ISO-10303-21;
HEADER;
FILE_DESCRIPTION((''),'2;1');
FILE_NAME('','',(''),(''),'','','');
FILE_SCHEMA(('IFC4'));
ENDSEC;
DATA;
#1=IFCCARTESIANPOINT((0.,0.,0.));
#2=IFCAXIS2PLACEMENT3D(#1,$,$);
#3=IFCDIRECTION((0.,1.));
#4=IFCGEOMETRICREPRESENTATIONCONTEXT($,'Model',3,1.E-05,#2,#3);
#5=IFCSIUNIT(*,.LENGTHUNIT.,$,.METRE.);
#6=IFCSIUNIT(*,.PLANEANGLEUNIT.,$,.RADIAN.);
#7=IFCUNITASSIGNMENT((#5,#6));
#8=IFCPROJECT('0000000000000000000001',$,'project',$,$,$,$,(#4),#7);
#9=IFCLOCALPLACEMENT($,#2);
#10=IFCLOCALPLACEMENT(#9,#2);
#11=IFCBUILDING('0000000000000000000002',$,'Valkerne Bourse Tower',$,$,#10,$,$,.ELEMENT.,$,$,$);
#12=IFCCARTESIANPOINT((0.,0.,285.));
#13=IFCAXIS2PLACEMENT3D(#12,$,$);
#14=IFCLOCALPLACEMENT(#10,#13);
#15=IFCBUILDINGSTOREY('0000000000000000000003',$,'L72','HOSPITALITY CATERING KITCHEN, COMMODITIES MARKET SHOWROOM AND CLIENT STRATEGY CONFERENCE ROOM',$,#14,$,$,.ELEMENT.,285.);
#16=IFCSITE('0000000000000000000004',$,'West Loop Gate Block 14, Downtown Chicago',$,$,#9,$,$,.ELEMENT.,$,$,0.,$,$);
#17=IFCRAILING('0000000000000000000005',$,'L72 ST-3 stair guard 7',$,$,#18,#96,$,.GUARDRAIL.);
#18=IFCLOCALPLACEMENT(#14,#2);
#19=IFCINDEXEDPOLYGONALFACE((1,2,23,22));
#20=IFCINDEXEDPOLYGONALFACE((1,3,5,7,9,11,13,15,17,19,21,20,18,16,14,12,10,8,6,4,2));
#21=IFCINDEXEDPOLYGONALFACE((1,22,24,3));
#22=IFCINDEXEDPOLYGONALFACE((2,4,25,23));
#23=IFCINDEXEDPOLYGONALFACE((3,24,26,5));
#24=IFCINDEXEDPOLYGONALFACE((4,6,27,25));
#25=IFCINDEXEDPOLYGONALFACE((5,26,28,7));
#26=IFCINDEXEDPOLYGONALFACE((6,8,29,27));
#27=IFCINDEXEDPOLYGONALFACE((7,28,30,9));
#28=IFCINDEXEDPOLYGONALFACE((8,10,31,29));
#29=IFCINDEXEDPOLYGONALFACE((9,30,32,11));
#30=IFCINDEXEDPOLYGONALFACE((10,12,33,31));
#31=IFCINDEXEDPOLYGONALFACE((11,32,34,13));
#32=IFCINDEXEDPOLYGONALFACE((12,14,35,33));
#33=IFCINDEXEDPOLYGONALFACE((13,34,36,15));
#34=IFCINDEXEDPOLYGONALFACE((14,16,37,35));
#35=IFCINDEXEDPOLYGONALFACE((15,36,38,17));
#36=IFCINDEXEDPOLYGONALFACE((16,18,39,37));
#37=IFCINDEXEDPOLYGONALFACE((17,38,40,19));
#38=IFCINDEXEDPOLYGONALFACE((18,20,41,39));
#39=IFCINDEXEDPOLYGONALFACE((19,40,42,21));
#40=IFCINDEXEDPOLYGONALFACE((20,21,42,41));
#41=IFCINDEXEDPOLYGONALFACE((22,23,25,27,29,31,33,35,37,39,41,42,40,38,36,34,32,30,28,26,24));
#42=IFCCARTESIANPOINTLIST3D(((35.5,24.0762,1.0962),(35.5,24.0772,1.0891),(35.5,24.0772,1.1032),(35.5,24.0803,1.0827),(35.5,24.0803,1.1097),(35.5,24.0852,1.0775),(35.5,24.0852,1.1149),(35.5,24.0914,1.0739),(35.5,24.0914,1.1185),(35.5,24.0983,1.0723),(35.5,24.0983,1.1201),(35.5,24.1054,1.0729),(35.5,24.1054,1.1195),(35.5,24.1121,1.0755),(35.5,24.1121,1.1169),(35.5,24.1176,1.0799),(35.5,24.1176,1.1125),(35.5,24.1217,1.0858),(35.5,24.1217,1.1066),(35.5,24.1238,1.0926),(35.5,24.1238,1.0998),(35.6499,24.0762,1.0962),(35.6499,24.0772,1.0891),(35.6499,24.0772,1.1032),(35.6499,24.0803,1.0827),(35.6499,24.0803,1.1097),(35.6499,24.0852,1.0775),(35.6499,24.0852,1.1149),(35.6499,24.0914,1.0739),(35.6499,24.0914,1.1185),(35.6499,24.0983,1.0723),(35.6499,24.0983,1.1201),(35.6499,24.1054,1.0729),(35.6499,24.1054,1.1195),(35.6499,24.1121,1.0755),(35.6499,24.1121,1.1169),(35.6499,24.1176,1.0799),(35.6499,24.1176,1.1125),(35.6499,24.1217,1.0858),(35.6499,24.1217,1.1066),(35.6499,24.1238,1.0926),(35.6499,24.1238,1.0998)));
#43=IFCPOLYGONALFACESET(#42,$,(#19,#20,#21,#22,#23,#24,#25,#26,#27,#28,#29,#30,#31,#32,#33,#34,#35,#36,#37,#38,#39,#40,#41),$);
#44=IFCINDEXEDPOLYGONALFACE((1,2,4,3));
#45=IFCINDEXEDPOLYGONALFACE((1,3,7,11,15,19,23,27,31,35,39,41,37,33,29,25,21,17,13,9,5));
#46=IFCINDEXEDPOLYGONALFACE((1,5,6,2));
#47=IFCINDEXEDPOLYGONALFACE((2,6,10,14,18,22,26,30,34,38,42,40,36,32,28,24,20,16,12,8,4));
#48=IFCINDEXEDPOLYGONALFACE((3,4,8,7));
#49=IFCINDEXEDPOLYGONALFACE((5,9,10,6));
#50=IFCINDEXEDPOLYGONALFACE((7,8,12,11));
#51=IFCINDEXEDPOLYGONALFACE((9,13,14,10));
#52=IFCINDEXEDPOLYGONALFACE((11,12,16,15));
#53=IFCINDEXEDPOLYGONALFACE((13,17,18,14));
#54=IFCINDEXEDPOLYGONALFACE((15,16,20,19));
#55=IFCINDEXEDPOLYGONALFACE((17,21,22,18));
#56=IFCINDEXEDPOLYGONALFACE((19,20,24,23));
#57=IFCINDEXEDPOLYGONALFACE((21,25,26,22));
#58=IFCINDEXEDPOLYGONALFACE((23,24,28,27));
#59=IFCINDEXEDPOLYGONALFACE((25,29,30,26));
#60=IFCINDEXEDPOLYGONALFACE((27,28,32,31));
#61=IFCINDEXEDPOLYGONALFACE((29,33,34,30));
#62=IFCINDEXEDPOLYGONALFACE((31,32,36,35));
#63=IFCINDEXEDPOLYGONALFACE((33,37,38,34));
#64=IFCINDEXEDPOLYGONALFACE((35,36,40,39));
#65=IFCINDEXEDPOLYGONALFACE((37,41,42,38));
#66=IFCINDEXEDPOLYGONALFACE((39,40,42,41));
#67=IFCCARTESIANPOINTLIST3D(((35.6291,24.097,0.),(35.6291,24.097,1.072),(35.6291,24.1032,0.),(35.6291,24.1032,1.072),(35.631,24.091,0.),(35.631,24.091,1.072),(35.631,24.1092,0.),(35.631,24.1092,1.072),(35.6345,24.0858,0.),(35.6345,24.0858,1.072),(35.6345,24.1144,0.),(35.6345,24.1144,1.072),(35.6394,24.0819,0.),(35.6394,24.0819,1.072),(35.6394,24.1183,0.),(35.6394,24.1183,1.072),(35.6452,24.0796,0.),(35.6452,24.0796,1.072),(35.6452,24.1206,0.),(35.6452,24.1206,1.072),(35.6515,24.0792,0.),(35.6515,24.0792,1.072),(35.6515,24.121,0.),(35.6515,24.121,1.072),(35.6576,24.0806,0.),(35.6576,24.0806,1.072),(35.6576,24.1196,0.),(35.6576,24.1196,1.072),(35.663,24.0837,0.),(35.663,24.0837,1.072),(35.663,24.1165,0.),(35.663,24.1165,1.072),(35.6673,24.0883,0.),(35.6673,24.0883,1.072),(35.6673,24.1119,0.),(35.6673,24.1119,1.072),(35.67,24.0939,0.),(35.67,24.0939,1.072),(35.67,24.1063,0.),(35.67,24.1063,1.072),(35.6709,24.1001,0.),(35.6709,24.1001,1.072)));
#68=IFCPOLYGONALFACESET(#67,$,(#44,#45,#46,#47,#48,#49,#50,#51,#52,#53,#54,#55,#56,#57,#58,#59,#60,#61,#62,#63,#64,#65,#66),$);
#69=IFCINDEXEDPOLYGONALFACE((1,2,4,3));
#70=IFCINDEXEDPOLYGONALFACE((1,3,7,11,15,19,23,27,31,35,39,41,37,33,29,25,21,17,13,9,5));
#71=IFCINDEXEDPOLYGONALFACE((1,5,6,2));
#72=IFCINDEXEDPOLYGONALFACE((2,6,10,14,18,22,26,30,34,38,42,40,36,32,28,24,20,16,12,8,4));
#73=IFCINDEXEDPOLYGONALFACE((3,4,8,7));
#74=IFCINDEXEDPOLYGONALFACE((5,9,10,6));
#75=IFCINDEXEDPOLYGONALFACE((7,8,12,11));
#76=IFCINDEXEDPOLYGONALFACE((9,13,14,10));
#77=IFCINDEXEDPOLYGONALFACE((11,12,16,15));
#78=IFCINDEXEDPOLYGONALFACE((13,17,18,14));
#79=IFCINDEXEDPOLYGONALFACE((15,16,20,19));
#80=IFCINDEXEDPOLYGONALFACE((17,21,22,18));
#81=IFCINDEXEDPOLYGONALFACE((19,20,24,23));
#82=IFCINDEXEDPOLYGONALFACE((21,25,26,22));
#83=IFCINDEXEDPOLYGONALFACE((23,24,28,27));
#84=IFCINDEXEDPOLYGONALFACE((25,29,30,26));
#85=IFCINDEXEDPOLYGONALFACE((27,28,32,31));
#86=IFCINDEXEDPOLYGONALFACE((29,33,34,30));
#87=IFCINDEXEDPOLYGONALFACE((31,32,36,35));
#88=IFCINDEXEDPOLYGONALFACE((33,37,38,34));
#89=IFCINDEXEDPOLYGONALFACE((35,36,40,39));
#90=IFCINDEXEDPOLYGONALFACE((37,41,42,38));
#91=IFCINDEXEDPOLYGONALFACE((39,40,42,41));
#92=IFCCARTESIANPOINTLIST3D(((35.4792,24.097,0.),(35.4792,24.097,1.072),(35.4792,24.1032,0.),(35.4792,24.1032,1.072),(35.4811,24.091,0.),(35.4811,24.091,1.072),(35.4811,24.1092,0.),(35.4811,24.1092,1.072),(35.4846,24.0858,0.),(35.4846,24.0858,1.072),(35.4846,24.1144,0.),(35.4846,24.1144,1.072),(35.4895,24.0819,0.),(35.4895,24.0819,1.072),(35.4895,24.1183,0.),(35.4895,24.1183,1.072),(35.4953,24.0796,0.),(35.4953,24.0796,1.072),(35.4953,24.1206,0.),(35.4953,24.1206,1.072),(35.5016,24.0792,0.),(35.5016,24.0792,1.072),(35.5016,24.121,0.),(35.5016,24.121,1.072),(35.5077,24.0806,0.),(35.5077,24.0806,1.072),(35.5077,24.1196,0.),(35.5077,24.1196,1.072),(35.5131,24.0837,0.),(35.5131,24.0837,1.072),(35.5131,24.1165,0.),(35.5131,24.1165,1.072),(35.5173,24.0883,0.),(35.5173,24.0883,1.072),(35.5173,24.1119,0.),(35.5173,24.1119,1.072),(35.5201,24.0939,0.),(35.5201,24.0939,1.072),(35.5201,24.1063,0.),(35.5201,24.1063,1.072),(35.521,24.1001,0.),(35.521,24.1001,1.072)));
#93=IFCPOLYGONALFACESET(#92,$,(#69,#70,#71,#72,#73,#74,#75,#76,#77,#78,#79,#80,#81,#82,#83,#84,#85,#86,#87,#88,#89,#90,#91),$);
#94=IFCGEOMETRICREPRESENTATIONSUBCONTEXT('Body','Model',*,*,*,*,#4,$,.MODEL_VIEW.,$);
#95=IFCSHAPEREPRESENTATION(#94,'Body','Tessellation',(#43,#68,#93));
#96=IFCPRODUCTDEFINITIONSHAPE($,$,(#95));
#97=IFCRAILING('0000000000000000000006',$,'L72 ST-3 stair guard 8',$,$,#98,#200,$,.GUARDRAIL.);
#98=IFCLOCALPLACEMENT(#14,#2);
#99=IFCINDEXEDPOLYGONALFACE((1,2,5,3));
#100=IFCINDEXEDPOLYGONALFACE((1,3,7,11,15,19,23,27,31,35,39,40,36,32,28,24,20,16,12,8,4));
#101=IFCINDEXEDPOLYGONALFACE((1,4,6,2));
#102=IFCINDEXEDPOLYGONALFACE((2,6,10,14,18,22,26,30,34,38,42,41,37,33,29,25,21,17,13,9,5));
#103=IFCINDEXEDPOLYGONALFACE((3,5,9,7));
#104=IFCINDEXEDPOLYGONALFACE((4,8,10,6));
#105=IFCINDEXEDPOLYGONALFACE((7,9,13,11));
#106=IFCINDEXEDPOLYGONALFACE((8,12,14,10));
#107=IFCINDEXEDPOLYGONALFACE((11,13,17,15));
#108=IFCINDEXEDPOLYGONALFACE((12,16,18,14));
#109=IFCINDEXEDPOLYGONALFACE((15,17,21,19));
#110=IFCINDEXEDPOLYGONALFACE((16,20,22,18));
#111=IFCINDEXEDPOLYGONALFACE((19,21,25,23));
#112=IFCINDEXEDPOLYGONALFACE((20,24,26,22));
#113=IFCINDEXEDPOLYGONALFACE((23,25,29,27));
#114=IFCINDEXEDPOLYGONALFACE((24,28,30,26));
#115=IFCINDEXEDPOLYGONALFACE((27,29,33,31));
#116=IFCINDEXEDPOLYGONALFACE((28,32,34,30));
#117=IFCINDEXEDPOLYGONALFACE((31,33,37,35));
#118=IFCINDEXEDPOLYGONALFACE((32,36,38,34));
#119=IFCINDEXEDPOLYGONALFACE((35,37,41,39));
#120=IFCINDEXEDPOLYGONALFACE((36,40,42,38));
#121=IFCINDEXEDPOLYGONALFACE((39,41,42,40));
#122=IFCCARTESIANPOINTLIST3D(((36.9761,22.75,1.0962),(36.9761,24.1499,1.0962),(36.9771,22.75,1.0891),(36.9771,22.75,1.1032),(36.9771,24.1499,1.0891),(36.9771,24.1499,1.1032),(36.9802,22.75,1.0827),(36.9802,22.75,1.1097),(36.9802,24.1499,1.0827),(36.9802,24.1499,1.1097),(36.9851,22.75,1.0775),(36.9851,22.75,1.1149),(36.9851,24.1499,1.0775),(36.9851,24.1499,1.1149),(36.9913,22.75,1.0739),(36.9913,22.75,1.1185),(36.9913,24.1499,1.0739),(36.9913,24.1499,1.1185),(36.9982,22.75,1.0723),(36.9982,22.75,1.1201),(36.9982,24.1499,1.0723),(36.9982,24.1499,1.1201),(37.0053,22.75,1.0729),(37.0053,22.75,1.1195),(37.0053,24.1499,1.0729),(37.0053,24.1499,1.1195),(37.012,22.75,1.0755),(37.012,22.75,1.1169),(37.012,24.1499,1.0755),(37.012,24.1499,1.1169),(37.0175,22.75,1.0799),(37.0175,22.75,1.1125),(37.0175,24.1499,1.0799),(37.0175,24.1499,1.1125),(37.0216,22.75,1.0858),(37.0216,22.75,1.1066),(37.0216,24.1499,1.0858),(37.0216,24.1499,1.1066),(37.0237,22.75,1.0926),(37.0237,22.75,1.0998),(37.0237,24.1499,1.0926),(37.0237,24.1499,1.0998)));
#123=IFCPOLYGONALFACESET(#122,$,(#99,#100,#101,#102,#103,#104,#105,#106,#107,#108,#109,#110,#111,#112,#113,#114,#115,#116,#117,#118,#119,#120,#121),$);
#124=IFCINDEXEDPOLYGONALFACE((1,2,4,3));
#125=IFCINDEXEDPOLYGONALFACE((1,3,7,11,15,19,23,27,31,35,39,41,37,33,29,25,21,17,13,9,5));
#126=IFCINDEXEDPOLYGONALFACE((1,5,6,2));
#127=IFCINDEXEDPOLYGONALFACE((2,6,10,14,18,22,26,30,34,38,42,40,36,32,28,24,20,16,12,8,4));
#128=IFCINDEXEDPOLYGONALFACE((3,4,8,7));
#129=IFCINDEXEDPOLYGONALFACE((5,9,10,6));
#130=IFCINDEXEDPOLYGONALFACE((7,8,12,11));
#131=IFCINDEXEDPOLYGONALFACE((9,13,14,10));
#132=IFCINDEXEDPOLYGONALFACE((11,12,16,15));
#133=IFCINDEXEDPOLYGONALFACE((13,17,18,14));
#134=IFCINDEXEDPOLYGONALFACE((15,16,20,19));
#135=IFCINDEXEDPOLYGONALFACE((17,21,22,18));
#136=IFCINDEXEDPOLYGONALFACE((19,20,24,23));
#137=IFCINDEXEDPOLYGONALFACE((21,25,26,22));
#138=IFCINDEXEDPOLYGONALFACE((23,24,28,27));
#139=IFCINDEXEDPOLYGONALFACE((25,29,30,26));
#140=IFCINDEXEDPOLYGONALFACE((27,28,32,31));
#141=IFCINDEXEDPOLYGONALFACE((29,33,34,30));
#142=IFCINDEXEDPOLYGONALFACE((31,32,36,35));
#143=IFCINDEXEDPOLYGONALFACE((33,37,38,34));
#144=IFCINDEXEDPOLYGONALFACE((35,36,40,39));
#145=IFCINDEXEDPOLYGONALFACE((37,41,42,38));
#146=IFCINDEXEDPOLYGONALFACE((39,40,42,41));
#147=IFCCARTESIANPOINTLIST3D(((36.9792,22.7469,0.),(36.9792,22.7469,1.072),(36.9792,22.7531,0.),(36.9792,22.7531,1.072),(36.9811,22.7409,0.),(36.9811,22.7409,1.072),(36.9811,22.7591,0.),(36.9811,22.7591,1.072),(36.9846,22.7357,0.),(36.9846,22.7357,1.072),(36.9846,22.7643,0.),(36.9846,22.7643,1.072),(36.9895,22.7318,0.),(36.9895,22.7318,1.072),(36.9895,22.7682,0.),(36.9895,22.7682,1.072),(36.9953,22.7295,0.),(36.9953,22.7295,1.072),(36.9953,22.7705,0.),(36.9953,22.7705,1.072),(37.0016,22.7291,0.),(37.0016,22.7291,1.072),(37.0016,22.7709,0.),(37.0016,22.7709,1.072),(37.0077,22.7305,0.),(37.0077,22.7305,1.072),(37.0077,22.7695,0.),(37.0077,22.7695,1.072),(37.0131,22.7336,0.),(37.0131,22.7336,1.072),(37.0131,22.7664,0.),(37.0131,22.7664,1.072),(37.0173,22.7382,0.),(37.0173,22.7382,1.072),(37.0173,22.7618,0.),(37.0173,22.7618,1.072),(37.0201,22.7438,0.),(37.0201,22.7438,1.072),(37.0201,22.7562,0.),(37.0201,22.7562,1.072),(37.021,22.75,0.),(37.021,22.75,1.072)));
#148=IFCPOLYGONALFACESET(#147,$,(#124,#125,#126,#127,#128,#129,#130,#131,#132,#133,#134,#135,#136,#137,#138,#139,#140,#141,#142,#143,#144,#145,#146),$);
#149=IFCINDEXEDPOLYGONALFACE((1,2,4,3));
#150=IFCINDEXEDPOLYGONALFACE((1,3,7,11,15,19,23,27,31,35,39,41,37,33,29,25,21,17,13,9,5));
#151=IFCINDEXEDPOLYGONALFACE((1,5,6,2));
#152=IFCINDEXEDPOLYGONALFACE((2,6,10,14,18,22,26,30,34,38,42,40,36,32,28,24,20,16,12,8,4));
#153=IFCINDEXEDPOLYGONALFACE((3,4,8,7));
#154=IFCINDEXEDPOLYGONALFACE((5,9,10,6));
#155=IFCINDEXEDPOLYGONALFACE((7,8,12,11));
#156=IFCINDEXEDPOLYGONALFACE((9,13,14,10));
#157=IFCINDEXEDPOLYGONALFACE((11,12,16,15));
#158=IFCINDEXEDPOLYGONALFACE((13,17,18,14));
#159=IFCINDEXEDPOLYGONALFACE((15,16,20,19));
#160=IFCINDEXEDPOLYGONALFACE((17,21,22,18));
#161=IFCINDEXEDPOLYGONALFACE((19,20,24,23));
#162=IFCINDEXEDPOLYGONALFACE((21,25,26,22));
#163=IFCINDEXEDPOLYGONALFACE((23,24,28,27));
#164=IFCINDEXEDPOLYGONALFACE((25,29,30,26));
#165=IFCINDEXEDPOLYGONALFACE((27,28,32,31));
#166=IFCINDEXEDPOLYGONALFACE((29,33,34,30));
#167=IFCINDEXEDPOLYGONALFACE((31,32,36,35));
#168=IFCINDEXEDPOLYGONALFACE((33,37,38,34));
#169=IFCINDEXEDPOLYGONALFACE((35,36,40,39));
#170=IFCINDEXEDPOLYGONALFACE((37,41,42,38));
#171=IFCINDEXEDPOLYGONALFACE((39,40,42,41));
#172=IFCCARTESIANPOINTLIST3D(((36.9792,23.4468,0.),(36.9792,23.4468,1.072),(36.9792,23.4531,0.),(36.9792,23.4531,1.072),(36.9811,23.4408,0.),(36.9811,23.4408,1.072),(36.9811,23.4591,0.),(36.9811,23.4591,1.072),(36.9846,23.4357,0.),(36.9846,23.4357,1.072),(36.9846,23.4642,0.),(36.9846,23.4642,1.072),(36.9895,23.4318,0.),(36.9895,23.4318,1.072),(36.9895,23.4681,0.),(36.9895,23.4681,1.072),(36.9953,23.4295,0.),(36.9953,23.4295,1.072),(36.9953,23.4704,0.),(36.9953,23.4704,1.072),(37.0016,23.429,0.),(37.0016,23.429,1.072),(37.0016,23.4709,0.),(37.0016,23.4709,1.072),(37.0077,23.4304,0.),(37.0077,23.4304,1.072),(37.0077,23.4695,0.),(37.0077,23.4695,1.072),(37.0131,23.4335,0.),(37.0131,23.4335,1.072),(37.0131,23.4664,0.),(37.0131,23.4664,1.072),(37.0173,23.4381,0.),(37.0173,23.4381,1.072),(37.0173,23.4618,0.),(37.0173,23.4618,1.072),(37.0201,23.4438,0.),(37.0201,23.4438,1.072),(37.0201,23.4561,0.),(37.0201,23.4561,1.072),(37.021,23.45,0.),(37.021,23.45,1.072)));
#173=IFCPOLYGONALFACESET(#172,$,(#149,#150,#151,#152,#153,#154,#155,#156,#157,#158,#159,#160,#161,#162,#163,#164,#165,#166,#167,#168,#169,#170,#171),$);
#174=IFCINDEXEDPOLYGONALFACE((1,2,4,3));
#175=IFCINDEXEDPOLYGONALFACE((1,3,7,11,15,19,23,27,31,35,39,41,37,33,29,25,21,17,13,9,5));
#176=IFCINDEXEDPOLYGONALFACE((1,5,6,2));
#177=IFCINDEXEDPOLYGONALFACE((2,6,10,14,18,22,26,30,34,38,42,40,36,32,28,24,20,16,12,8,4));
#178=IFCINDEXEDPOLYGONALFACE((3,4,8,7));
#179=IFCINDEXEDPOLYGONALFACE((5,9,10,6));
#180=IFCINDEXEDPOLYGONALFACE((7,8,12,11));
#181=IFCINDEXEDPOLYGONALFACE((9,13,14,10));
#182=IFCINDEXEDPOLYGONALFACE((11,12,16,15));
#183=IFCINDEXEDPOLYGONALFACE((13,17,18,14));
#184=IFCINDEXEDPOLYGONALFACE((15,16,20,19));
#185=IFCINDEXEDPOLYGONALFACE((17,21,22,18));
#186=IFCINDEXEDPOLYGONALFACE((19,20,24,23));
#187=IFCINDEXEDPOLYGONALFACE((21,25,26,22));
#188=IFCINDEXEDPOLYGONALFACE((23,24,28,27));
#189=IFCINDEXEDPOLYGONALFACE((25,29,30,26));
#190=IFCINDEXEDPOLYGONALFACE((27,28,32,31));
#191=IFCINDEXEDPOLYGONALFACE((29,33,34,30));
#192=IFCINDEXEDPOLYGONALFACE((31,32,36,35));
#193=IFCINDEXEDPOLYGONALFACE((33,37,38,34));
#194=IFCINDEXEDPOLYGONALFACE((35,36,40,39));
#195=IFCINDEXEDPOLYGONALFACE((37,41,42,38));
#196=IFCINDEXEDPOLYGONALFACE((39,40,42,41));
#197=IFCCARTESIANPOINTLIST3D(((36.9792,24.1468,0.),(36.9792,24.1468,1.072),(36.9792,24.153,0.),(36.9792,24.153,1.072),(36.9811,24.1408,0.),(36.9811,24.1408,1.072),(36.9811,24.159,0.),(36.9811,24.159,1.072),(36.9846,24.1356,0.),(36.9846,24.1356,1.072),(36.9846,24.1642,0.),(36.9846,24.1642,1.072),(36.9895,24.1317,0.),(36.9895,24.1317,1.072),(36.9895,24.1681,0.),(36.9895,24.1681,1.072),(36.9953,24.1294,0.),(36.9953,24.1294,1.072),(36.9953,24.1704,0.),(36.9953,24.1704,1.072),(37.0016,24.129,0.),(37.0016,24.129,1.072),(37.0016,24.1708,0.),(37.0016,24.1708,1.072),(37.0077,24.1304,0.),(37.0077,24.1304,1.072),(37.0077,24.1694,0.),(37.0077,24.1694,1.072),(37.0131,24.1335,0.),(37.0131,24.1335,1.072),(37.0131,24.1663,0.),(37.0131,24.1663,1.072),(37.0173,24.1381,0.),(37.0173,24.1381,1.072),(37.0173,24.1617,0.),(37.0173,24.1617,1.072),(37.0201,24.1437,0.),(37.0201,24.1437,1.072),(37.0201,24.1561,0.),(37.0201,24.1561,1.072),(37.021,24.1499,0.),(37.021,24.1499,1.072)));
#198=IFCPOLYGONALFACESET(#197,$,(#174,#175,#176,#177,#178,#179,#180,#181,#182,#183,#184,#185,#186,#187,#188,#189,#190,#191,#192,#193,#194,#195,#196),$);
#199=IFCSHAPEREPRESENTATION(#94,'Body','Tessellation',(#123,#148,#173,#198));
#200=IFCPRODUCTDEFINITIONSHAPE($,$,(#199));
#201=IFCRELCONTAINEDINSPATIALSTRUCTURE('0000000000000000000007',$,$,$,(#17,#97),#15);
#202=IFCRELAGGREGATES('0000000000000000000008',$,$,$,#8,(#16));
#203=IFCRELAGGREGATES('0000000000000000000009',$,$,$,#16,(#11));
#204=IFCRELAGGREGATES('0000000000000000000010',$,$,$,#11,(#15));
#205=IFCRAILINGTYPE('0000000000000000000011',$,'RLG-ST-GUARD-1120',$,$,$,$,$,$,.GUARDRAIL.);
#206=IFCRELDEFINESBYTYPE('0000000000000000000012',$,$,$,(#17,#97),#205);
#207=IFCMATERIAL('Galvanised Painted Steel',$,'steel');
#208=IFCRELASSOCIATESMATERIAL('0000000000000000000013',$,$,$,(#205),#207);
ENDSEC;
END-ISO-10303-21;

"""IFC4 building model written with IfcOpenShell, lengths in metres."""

from ifc_helpers import new_model, si_unit, direction, frame, origin, origin_2d, place, context, subcontext, project, spatial, circle, extrude, material, type_object, element, save


model = new_model("IFC4")

# Units and contexts
model_context = context("Model", 3, precision=1e-05, world=origin(), true_north=direction((0.0, 1.0)))
body_context = subcontext(model_context, "Body", "Model", "MODEL_VIEW")
ifc_project = project(units=[si_unit("LENGTHUNIT", "METRE"), si_unit("PLANEANGLEUNIT", "RADIAN")], contexts=[model_context])

# Site, building, storey
site_placement = place(None, origin())
site = spatial("IfcSite", under=ifc_project, at=site_placement, Name="West Loop Gate Block 14, Downtown Chicago", CompositionType="ELEMENT", RefElevation=0.0)
building_placement = place(site_placement, origin())
building = spatial("IfcBuilding", under=site, at=building_placement, Name="Valkerne Bourse Tower", CompositionType="ELEMENT")
storey_placement = place(building_placement, frame((0.0, 0.0, 285.0)))
storey = spatial("IfcBuildingStorey", under=building, at=storey_placement, Name="L72", Description="HOSPITALITY CATERING KITCHEN, COMMODITIES MARKET SHOWROOM AND CLIENT STRATEGY CONFERENCE ROOM", CompositionType="ELEMENT", Elevation=285.0)

# Railings
ifc_material_1 = material(Name="Galvanised Painted Steel", Category="steel")
railing_type_1 = type_object("IfcRailingType", Name="RLG-ST-GUARD-1120", PredefinedType="GUARDRAIL", material=ifc_material_1)
railing_1_placement = place(storey_placement, frame((35.6499, 24.1001, 0.0)))
element("IfcRailing", 1, at=railing_1_placement, inside=storey, type_object=railing_type_1, Name="L72 ST-3 stair guard 7", PredefinedType="GUARDRAIL", context=body_context, shape_type="SweptSolid", body=[
    extrude(circle(Radius=0.0239, at=origin_2d()), frame((0.0, 0.0, 1.0962), z_axis=(-1.0, 0.0, 0.0), x_axis=(0.0, -1.0, 0.0)), (0.0, 0.0, 1.0), 0.1499),
    extrude(circle(Radius=0.021, at=origin_2d()), origin(), (0.0, 0.0, 1.0), 1.072),
    extrude(circle(Radius=0.021, at=origin_2d()), frame((-0.1499, 0.0, 0.0)), (0.0, 0.0, 1.0), 1.072),
])
railing_2_placement = place(storey_placement, frame((37.0, 22.75, 0.0)))
element("IfcRailing", 2, at=railing_2_placement, inside=storey, type_object=railing_type_1, Name="L72 ST-3 stair guard 8", PredefinedType="GUARDRAIL", context=body_context, shape_type="SweptSolid", body=[
    extrude(circle(Radius=0.0239, at=origin_2d()), frame((0.0, 0.0, 1.0962), z_axis=(0.0, 1.0, 0.0), x_axis=(-1.0, 0.0, 0.0)), (0.0, 0.0, 1.0), 1.3999),
    extrude(circle(Radius=0.021, at=origin_2d()), origin(), (0.0, 0.0, 1.0), 1.072),
    extrude(circle(Radius=0.021, at=origin_2d()), frame((0.0, 0.7, 0.0)), (0.0, 0.0, 1.0), 1.072),
    extrude(circle(Radius=0.021, at=origin_2d()), frame((0.0, 1.3999, 0.0)), (0.0, 0.0, 1.0), 1.072),
])

save(model, "model.ifc")
